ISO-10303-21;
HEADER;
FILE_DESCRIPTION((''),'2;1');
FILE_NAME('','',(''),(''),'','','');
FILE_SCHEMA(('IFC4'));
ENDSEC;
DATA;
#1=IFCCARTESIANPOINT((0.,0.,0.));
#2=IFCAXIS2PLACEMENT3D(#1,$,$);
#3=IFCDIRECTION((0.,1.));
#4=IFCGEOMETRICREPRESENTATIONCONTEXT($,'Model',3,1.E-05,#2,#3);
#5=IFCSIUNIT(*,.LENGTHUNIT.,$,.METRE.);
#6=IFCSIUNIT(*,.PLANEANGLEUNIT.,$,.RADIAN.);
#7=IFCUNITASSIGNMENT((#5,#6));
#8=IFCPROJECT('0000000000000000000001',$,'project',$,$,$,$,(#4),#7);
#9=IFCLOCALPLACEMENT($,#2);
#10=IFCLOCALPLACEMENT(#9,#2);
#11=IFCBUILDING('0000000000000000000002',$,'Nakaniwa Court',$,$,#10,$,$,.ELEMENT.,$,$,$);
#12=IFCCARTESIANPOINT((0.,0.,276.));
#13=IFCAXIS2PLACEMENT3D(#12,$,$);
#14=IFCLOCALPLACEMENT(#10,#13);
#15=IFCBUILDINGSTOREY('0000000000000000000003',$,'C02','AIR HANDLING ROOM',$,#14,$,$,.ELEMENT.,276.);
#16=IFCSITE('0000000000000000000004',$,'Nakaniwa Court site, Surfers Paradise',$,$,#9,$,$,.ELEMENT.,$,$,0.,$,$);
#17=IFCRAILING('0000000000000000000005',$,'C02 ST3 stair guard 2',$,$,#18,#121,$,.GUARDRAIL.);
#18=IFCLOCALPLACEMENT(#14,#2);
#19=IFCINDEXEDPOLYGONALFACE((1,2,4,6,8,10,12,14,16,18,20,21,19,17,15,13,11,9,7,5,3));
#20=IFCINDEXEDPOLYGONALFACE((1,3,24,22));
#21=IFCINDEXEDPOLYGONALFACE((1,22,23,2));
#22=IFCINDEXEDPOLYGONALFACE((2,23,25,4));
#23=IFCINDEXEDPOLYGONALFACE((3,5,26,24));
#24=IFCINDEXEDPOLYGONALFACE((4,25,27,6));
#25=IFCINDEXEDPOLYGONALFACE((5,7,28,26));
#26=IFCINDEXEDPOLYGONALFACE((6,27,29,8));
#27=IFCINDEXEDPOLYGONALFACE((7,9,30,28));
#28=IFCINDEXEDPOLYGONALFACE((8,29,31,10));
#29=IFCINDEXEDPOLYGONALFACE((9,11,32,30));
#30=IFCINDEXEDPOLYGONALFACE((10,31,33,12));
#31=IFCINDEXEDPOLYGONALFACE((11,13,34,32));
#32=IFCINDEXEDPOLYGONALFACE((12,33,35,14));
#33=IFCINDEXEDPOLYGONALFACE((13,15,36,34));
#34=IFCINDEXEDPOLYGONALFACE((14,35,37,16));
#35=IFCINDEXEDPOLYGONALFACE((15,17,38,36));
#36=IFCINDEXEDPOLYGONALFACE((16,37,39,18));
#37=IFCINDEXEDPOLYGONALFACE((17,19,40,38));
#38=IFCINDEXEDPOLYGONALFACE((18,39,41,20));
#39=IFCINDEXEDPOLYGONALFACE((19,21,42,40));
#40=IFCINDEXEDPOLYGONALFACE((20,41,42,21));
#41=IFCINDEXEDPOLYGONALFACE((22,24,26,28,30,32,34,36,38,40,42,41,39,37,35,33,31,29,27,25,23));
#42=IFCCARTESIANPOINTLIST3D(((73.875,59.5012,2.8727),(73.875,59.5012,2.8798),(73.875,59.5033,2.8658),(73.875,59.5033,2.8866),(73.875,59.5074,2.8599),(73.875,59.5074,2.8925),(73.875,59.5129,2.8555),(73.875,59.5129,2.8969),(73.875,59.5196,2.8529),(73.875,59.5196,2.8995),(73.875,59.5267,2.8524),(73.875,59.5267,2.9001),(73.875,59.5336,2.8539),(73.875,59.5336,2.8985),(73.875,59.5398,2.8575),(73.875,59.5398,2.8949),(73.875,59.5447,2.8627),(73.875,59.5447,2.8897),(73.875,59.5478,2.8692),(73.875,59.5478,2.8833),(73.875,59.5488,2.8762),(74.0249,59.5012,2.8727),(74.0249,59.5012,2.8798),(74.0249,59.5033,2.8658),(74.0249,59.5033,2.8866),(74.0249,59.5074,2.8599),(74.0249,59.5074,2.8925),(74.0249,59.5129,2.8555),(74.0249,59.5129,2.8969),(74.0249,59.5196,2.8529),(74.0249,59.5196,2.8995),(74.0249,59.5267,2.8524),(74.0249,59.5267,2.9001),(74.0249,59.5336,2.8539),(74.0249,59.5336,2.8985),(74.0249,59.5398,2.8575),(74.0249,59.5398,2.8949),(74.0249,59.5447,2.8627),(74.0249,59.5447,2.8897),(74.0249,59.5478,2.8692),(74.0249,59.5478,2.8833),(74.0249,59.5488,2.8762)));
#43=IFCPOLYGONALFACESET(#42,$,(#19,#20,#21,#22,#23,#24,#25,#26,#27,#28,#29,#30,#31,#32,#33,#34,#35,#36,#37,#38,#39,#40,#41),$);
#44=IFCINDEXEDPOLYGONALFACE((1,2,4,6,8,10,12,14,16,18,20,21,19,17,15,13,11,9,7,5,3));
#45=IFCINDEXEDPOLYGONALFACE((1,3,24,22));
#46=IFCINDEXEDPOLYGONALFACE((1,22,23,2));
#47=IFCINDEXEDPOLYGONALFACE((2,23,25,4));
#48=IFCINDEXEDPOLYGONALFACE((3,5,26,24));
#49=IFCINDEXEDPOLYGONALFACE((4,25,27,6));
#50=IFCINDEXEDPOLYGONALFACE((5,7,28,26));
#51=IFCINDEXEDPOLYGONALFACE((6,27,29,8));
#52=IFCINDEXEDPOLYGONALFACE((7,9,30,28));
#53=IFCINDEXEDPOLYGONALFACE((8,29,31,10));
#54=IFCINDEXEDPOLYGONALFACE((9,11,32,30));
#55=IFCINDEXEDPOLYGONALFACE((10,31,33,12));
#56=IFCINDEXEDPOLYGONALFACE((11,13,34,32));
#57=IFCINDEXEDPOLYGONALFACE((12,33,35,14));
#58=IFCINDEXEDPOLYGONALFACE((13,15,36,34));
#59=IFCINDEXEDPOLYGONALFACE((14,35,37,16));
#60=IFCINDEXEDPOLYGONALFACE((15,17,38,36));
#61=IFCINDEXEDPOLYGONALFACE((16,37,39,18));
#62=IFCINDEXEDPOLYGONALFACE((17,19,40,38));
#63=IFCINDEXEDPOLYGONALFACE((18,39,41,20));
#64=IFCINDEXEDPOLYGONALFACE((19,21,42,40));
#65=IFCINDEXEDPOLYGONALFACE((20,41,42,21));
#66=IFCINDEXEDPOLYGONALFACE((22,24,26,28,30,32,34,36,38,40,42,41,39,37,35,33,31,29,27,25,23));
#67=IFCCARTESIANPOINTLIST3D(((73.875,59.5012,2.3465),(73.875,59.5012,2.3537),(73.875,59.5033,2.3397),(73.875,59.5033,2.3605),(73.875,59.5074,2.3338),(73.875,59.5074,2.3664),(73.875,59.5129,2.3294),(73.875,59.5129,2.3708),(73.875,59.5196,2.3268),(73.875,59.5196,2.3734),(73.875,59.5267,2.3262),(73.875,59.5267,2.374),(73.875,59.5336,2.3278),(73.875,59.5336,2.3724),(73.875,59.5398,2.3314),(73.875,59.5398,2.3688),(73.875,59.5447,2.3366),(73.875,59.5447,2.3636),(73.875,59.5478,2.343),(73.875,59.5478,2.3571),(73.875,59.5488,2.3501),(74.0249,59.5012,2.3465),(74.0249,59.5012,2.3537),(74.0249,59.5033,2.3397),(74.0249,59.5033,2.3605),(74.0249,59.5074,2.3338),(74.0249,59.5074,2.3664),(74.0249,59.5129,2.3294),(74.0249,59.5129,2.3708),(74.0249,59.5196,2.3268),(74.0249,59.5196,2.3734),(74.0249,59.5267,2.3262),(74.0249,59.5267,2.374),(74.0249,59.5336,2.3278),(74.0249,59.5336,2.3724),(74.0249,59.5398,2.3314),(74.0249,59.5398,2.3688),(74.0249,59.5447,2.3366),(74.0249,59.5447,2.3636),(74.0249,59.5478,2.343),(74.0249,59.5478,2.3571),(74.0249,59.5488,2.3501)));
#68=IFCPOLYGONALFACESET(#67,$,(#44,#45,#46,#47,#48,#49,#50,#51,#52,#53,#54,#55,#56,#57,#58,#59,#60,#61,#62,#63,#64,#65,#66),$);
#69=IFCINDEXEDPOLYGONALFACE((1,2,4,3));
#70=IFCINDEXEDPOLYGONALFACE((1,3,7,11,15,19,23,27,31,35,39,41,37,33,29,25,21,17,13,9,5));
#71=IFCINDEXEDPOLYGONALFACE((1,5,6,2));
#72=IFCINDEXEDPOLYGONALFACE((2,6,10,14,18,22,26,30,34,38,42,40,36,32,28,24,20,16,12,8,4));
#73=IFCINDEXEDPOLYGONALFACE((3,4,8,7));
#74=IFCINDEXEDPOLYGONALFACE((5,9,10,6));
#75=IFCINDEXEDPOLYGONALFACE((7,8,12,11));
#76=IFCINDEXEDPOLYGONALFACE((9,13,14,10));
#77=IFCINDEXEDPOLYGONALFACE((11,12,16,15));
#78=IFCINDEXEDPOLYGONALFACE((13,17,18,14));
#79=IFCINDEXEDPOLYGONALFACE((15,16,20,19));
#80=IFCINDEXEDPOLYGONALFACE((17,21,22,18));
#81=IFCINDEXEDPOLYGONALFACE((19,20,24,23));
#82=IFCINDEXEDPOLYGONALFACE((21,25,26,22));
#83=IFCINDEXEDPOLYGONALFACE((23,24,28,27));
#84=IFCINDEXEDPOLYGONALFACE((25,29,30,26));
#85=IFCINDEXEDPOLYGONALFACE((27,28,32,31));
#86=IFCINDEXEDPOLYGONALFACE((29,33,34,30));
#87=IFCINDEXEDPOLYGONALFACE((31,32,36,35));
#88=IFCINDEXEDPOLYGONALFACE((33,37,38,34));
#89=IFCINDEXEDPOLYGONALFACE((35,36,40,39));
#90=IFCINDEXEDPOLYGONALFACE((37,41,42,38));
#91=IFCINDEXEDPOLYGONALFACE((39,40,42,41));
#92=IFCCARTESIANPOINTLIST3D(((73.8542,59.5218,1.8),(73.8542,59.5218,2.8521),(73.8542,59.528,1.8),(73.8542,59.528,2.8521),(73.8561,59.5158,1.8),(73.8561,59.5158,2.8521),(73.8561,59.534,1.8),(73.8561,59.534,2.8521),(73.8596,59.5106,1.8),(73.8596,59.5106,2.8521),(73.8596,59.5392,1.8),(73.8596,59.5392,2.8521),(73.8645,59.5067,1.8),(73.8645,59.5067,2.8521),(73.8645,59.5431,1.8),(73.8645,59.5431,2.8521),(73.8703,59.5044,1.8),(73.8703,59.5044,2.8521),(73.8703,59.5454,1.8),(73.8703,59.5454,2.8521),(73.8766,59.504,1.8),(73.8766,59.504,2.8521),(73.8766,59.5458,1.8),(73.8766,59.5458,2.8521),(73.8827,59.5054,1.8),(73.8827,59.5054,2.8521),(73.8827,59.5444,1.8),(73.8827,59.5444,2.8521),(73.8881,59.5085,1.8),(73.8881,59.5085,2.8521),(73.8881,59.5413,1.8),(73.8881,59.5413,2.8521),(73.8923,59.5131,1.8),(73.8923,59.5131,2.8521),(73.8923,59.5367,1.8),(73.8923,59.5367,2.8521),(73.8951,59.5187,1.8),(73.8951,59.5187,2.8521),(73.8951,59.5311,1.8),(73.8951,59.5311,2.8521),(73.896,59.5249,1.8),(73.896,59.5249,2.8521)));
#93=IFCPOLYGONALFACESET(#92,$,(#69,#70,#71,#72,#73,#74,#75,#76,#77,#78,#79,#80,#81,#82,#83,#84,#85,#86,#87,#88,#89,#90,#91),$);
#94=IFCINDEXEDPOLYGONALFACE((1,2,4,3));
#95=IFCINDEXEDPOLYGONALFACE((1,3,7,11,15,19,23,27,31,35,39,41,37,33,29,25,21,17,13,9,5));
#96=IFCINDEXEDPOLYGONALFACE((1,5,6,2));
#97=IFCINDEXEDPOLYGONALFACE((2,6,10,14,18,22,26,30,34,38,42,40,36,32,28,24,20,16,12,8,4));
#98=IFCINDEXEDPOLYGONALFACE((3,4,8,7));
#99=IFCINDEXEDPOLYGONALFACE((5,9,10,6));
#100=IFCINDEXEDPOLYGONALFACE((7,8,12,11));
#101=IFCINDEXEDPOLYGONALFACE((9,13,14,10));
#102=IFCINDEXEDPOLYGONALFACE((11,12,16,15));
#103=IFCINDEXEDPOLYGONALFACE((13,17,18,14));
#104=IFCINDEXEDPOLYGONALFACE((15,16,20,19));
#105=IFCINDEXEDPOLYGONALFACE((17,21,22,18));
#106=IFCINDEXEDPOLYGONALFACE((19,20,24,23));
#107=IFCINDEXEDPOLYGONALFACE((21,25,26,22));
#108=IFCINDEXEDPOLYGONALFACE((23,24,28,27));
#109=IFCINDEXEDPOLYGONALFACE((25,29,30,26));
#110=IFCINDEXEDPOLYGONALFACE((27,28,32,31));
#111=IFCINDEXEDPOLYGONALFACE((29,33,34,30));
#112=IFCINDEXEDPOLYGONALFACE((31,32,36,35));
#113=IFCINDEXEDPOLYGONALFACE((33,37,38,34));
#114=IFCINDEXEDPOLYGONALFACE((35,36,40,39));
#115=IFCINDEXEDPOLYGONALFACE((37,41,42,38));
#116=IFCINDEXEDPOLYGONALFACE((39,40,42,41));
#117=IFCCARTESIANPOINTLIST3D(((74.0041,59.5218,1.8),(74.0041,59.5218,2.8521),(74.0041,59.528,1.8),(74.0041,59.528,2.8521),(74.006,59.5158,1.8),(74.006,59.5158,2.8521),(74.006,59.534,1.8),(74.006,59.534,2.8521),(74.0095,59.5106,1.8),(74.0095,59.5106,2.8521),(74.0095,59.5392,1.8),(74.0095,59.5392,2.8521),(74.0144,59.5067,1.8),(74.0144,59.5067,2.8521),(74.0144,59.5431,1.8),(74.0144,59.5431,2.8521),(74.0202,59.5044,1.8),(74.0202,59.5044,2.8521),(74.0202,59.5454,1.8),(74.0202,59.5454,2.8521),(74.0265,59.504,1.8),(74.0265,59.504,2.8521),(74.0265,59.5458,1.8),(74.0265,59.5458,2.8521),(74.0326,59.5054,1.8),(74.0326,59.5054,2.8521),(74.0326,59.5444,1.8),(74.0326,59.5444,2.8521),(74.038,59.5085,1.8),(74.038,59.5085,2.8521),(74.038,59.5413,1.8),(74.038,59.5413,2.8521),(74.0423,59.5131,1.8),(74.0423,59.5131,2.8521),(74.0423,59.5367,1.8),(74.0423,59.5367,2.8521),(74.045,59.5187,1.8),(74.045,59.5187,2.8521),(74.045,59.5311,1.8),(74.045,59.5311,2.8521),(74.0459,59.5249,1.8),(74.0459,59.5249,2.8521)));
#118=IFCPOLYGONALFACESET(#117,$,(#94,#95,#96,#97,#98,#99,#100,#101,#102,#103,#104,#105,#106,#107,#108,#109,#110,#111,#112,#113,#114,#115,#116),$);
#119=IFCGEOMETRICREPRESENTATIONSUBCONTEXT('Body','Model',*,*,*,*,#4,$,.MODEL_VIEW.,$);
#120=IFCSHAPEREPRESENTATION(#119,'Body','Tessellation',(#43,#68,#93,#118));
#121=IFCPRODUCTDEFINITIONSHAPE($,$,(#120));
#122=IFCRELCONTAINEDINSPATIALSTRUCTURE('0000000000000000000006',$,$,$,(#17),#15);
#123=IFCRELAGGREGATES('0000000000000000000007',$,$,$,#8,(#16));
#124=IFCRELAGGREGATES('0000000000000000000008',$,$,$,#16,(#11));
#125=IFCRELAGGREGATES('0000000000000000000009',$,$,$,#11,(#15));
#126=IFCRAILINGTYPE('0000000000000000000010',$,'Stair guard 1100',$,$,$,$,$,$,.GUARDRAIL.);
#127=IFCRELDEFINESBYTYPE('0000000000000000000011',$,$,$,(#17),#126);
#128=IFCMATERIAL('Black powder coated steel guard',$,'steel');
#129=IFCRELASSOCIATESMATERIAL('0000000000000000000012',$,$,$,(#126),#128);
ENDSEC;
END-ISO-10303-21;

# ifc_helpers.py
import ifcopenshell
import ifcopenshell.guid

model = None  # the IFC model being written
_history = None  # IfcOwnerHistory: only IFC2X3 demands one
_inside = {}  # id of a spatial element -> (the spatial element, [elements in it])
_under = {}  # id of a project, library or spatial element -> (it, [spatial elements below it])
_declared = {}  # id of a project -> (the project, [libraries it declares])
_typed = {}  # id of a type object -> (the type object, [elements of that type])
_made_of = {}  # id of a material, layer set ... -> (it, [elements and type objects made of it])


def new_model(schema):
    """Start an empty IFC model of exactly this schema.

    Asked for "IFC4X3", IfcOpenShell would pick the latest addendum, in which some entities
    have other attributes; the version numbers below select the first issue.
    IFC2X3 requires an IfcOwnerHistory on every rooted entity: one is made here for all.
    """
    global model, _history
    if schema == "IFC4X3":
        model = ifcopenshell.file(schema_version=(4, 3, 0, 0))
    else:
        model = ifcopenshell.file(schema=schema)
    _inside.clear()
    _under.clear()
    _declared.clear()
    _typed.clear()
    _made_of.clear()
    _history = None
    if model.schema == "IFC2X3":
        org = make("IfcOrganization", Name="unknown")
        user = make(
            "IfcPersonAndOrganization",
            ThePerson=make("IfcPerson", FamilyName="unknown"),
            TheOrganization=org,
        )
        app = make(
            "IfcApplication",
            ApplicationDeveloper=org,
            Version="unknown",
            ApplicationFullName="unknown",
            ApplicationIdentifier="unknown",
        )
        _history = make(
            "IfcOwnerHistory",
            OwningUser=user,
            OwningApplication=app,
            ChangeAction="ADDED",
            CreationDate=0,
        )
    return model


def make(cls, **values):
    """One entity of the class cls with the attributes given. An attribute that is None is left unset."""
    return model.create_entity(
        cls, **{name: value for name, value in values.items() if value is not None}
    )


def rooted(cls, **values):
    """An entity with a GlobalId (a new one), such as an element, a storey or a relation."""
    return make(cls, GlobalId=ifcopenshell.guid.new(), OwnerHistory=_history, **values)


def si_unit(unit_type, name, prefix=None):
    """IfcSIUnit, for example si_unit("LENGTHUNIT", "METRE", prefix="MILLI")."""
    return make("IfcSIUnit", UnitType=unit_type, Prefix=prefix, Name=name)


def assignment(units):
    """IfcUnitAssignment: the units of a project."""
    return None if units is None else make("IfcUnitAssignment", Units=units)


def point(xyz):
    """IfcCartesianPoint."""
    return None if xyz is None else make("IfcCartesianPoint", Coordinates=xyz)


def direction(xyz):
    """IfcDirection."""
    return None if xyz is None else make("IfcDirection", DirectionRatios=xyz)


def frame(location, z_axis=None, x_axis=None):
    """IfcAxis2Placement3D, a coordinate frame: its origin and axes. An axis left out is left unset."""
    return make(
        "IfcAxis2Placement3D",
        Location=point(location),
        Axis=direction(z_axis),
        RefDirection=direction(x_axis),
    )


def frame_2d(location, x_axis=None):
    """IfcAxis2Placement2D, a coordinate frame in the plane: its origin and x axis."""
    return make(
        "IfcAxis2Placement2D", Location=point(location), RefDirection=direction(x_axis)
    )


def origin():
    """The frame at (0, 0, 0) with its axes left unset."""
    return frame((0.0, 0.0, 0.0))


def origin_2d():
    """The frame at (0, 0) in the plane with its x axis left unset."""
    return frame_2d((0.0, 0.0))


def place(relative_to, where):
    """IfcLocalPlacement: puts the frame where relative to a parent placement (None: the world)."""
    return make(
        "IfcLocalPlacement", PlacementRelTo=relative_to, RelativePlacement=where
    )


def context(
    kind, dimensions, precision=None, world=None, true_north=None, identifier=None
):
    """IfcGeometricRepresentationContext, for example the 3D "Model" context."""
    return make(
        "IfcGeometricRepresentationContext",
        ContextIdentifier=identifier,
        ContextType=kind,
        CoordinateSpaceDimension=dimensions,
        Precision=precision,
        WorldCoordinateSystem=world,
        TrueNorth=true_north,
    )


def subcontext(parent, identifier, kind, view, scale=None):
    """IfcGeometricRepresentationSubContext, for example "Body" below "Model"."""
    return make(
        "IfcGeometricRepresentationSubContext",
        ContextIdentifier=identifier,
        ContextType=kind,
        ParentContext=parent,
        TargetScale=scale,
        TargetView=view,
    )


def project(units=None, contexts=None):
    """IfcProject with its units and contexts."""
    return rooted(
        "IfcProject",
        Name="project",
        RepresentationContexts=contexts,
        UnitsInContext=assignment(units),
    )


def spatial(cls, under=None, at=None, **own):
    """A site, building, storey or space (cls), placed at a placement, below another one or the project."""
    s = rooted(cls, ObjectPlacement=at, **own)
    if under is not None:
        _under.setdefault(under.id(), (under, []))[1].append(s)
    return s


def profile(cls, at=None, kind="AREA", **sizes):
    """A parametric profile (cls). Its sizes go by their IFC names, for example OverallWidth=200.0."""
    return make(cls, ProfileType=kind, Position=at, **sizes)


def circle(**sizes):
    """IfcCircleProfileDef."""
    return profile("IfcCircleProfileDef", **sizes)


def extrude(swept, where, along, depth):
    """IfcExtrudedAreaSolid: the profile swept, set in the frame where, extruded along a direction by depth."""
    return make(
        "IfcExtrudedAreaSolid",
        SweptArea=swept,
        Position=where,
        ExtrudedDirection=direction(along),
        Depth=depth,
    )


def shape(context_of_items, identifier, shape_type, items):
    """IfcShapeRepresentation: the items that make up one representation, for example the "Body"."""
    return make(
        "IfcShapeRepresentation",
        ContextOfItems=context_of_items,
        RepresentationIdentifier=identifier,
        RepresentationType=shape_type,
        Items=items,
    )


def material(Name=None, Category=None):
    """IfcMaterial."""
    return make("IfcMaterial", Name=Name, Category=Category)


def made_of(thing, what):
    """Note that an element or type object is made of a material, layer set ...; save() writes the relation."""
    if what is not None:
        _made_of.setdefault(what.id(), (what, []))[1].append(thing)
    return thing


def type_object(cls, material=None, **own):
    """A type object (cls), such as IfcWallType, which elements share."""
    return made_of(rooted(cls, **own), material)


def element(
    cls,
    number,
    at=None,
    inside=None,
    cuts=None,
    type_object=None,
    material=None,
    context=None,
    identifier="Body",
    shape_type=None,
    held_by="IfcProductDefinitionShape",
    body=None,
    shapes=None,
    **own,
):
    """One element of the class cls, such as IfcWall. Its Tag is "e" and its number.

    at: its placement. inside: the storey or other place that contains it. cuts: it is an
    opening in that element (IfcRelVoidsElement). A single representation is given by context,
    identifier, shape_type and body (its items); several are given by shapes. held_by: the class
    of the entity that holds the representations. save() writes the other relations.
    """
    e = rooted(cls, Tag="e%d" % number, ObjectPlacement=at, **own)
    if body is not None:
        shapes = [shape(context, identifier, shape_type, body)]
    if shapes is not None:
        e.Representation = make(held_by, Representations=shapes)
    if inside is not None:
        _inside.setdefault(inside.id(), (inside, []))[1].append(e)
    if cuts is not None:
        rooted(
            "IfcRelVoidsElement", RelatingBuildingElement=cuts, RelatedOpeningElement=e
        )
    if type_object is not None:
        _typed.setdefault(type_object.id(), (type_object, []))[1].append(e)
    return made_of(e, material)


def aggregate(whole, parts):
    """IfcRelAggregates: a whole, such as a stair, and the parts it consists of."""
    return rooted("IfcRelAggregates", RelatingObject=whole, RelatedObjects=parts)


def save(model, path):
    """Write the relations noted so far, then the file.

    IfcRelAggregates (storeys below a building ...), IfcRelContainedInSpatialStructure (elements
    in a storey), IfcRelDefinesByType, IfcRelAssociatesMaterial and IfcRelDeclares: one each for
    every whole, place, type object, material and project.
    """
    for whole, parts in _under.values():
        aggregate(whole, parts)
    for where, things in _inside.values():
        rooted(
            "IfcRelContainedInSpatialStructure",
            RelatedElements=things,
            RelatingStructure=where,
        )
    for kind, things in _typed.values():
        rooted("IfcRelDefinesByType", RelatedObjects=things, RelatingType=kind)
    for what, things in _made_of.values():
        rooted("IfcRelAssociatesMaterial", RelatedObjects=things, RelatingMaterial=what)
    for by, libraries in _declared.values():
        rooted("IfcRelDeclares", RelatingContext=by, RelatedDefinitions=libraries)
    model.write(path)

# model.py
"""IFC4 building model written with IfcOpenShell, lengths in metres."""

from ifc_helpers import new_model, si_unit, direction, frame, origin, origin_2d, place, context, subcontext, project, spatial, circle, extrude, material, type_object, element, save


model = new_model("IFC4")

# Units and contexts
model_context = context("Model", 3, precision=1e-05, world=origin(), true_north=direction((0.0, 1.0)))
body_context = subcontext(model_context, "Body", "Model", "MODEL_VIEW")
ifc_project = project(units=[si_unit("LENGTHUNIT", "METRE"), si_unit("PLANEANGLEUNIT", "RADIAN")], contexts=[model_context])

# Site, building, storey
site_placement = place(None, origin())
site = spatial("IfcSite", under=ifc_project, at=site_placement, Name="Nakaniwa Court site, Surfers Paradise", CompositionType="ELEMENT", RefElevation=0.0)
building_placement = place(site_placement, origin())
building = spatial("IfcBuilding", under=site, at=building_placement, Name="Nakaniwa Court", CompositionType="ELEMENT")
storey_placement = place(building_placement, frame((0.0, 0.0, 276.0)))
storey = spatial("IfcBuildingStorey", under=building, at=storey_placement, Name="C02", Description="AIR HANDLING ROOM", CompositionType="ELEMENT", Elevation=276.0)

# Railing
ifc_material_1 = material(Name="Black powder coated steel guard", Category="steel")
railing_type_1 = type_object("IfcRailingType", Name="Stair guard 1100", PredefinedType="GUARDRAIL", material=ifc_material_1)
railing_1_placement = place(storey_placement, frame((73.875, 59.5249, 1.8)))
element("IfcRailing", 1, at=railing_1_placement, inside=storey, type_object=railing_type_1, Name="C02 ST3 stair guard 2", PredefinedType="GUARDRAIL", context=body_context, shape_type="SweptSolid", body=[
    extrude(circle(Radius=0.0239, at=origin_2d()), frame((0.0, 0.0, 1.0762), z_axis=(1.0, 0.0, 0.0), x_axis=(0.0, 1.0, 0.0)), (0.0, 0.0, 1.0), 0.1499),
    extrude(circle(Radius=0.0239, at=origin_2d()), frame((0.0, 0.0, 0.55), z_axis=(1.0, 0.0, 0.0), x_axis=(0.0, 1.0, 0.0)), (0.0, 0.0, 1.0), 0.1499),
    extrude(circle(Radius=0.021, at=origin_2d()), origin(), (0.0, 0.0, 1.0), 1.052),
    extrude(circle(Radius=0.021, at=origin_2d()), frame((0.1499, 0.0, 0.0)), (0.0, 0.0, 1.0), 1.052),
])

save(model, "model.ifc")
